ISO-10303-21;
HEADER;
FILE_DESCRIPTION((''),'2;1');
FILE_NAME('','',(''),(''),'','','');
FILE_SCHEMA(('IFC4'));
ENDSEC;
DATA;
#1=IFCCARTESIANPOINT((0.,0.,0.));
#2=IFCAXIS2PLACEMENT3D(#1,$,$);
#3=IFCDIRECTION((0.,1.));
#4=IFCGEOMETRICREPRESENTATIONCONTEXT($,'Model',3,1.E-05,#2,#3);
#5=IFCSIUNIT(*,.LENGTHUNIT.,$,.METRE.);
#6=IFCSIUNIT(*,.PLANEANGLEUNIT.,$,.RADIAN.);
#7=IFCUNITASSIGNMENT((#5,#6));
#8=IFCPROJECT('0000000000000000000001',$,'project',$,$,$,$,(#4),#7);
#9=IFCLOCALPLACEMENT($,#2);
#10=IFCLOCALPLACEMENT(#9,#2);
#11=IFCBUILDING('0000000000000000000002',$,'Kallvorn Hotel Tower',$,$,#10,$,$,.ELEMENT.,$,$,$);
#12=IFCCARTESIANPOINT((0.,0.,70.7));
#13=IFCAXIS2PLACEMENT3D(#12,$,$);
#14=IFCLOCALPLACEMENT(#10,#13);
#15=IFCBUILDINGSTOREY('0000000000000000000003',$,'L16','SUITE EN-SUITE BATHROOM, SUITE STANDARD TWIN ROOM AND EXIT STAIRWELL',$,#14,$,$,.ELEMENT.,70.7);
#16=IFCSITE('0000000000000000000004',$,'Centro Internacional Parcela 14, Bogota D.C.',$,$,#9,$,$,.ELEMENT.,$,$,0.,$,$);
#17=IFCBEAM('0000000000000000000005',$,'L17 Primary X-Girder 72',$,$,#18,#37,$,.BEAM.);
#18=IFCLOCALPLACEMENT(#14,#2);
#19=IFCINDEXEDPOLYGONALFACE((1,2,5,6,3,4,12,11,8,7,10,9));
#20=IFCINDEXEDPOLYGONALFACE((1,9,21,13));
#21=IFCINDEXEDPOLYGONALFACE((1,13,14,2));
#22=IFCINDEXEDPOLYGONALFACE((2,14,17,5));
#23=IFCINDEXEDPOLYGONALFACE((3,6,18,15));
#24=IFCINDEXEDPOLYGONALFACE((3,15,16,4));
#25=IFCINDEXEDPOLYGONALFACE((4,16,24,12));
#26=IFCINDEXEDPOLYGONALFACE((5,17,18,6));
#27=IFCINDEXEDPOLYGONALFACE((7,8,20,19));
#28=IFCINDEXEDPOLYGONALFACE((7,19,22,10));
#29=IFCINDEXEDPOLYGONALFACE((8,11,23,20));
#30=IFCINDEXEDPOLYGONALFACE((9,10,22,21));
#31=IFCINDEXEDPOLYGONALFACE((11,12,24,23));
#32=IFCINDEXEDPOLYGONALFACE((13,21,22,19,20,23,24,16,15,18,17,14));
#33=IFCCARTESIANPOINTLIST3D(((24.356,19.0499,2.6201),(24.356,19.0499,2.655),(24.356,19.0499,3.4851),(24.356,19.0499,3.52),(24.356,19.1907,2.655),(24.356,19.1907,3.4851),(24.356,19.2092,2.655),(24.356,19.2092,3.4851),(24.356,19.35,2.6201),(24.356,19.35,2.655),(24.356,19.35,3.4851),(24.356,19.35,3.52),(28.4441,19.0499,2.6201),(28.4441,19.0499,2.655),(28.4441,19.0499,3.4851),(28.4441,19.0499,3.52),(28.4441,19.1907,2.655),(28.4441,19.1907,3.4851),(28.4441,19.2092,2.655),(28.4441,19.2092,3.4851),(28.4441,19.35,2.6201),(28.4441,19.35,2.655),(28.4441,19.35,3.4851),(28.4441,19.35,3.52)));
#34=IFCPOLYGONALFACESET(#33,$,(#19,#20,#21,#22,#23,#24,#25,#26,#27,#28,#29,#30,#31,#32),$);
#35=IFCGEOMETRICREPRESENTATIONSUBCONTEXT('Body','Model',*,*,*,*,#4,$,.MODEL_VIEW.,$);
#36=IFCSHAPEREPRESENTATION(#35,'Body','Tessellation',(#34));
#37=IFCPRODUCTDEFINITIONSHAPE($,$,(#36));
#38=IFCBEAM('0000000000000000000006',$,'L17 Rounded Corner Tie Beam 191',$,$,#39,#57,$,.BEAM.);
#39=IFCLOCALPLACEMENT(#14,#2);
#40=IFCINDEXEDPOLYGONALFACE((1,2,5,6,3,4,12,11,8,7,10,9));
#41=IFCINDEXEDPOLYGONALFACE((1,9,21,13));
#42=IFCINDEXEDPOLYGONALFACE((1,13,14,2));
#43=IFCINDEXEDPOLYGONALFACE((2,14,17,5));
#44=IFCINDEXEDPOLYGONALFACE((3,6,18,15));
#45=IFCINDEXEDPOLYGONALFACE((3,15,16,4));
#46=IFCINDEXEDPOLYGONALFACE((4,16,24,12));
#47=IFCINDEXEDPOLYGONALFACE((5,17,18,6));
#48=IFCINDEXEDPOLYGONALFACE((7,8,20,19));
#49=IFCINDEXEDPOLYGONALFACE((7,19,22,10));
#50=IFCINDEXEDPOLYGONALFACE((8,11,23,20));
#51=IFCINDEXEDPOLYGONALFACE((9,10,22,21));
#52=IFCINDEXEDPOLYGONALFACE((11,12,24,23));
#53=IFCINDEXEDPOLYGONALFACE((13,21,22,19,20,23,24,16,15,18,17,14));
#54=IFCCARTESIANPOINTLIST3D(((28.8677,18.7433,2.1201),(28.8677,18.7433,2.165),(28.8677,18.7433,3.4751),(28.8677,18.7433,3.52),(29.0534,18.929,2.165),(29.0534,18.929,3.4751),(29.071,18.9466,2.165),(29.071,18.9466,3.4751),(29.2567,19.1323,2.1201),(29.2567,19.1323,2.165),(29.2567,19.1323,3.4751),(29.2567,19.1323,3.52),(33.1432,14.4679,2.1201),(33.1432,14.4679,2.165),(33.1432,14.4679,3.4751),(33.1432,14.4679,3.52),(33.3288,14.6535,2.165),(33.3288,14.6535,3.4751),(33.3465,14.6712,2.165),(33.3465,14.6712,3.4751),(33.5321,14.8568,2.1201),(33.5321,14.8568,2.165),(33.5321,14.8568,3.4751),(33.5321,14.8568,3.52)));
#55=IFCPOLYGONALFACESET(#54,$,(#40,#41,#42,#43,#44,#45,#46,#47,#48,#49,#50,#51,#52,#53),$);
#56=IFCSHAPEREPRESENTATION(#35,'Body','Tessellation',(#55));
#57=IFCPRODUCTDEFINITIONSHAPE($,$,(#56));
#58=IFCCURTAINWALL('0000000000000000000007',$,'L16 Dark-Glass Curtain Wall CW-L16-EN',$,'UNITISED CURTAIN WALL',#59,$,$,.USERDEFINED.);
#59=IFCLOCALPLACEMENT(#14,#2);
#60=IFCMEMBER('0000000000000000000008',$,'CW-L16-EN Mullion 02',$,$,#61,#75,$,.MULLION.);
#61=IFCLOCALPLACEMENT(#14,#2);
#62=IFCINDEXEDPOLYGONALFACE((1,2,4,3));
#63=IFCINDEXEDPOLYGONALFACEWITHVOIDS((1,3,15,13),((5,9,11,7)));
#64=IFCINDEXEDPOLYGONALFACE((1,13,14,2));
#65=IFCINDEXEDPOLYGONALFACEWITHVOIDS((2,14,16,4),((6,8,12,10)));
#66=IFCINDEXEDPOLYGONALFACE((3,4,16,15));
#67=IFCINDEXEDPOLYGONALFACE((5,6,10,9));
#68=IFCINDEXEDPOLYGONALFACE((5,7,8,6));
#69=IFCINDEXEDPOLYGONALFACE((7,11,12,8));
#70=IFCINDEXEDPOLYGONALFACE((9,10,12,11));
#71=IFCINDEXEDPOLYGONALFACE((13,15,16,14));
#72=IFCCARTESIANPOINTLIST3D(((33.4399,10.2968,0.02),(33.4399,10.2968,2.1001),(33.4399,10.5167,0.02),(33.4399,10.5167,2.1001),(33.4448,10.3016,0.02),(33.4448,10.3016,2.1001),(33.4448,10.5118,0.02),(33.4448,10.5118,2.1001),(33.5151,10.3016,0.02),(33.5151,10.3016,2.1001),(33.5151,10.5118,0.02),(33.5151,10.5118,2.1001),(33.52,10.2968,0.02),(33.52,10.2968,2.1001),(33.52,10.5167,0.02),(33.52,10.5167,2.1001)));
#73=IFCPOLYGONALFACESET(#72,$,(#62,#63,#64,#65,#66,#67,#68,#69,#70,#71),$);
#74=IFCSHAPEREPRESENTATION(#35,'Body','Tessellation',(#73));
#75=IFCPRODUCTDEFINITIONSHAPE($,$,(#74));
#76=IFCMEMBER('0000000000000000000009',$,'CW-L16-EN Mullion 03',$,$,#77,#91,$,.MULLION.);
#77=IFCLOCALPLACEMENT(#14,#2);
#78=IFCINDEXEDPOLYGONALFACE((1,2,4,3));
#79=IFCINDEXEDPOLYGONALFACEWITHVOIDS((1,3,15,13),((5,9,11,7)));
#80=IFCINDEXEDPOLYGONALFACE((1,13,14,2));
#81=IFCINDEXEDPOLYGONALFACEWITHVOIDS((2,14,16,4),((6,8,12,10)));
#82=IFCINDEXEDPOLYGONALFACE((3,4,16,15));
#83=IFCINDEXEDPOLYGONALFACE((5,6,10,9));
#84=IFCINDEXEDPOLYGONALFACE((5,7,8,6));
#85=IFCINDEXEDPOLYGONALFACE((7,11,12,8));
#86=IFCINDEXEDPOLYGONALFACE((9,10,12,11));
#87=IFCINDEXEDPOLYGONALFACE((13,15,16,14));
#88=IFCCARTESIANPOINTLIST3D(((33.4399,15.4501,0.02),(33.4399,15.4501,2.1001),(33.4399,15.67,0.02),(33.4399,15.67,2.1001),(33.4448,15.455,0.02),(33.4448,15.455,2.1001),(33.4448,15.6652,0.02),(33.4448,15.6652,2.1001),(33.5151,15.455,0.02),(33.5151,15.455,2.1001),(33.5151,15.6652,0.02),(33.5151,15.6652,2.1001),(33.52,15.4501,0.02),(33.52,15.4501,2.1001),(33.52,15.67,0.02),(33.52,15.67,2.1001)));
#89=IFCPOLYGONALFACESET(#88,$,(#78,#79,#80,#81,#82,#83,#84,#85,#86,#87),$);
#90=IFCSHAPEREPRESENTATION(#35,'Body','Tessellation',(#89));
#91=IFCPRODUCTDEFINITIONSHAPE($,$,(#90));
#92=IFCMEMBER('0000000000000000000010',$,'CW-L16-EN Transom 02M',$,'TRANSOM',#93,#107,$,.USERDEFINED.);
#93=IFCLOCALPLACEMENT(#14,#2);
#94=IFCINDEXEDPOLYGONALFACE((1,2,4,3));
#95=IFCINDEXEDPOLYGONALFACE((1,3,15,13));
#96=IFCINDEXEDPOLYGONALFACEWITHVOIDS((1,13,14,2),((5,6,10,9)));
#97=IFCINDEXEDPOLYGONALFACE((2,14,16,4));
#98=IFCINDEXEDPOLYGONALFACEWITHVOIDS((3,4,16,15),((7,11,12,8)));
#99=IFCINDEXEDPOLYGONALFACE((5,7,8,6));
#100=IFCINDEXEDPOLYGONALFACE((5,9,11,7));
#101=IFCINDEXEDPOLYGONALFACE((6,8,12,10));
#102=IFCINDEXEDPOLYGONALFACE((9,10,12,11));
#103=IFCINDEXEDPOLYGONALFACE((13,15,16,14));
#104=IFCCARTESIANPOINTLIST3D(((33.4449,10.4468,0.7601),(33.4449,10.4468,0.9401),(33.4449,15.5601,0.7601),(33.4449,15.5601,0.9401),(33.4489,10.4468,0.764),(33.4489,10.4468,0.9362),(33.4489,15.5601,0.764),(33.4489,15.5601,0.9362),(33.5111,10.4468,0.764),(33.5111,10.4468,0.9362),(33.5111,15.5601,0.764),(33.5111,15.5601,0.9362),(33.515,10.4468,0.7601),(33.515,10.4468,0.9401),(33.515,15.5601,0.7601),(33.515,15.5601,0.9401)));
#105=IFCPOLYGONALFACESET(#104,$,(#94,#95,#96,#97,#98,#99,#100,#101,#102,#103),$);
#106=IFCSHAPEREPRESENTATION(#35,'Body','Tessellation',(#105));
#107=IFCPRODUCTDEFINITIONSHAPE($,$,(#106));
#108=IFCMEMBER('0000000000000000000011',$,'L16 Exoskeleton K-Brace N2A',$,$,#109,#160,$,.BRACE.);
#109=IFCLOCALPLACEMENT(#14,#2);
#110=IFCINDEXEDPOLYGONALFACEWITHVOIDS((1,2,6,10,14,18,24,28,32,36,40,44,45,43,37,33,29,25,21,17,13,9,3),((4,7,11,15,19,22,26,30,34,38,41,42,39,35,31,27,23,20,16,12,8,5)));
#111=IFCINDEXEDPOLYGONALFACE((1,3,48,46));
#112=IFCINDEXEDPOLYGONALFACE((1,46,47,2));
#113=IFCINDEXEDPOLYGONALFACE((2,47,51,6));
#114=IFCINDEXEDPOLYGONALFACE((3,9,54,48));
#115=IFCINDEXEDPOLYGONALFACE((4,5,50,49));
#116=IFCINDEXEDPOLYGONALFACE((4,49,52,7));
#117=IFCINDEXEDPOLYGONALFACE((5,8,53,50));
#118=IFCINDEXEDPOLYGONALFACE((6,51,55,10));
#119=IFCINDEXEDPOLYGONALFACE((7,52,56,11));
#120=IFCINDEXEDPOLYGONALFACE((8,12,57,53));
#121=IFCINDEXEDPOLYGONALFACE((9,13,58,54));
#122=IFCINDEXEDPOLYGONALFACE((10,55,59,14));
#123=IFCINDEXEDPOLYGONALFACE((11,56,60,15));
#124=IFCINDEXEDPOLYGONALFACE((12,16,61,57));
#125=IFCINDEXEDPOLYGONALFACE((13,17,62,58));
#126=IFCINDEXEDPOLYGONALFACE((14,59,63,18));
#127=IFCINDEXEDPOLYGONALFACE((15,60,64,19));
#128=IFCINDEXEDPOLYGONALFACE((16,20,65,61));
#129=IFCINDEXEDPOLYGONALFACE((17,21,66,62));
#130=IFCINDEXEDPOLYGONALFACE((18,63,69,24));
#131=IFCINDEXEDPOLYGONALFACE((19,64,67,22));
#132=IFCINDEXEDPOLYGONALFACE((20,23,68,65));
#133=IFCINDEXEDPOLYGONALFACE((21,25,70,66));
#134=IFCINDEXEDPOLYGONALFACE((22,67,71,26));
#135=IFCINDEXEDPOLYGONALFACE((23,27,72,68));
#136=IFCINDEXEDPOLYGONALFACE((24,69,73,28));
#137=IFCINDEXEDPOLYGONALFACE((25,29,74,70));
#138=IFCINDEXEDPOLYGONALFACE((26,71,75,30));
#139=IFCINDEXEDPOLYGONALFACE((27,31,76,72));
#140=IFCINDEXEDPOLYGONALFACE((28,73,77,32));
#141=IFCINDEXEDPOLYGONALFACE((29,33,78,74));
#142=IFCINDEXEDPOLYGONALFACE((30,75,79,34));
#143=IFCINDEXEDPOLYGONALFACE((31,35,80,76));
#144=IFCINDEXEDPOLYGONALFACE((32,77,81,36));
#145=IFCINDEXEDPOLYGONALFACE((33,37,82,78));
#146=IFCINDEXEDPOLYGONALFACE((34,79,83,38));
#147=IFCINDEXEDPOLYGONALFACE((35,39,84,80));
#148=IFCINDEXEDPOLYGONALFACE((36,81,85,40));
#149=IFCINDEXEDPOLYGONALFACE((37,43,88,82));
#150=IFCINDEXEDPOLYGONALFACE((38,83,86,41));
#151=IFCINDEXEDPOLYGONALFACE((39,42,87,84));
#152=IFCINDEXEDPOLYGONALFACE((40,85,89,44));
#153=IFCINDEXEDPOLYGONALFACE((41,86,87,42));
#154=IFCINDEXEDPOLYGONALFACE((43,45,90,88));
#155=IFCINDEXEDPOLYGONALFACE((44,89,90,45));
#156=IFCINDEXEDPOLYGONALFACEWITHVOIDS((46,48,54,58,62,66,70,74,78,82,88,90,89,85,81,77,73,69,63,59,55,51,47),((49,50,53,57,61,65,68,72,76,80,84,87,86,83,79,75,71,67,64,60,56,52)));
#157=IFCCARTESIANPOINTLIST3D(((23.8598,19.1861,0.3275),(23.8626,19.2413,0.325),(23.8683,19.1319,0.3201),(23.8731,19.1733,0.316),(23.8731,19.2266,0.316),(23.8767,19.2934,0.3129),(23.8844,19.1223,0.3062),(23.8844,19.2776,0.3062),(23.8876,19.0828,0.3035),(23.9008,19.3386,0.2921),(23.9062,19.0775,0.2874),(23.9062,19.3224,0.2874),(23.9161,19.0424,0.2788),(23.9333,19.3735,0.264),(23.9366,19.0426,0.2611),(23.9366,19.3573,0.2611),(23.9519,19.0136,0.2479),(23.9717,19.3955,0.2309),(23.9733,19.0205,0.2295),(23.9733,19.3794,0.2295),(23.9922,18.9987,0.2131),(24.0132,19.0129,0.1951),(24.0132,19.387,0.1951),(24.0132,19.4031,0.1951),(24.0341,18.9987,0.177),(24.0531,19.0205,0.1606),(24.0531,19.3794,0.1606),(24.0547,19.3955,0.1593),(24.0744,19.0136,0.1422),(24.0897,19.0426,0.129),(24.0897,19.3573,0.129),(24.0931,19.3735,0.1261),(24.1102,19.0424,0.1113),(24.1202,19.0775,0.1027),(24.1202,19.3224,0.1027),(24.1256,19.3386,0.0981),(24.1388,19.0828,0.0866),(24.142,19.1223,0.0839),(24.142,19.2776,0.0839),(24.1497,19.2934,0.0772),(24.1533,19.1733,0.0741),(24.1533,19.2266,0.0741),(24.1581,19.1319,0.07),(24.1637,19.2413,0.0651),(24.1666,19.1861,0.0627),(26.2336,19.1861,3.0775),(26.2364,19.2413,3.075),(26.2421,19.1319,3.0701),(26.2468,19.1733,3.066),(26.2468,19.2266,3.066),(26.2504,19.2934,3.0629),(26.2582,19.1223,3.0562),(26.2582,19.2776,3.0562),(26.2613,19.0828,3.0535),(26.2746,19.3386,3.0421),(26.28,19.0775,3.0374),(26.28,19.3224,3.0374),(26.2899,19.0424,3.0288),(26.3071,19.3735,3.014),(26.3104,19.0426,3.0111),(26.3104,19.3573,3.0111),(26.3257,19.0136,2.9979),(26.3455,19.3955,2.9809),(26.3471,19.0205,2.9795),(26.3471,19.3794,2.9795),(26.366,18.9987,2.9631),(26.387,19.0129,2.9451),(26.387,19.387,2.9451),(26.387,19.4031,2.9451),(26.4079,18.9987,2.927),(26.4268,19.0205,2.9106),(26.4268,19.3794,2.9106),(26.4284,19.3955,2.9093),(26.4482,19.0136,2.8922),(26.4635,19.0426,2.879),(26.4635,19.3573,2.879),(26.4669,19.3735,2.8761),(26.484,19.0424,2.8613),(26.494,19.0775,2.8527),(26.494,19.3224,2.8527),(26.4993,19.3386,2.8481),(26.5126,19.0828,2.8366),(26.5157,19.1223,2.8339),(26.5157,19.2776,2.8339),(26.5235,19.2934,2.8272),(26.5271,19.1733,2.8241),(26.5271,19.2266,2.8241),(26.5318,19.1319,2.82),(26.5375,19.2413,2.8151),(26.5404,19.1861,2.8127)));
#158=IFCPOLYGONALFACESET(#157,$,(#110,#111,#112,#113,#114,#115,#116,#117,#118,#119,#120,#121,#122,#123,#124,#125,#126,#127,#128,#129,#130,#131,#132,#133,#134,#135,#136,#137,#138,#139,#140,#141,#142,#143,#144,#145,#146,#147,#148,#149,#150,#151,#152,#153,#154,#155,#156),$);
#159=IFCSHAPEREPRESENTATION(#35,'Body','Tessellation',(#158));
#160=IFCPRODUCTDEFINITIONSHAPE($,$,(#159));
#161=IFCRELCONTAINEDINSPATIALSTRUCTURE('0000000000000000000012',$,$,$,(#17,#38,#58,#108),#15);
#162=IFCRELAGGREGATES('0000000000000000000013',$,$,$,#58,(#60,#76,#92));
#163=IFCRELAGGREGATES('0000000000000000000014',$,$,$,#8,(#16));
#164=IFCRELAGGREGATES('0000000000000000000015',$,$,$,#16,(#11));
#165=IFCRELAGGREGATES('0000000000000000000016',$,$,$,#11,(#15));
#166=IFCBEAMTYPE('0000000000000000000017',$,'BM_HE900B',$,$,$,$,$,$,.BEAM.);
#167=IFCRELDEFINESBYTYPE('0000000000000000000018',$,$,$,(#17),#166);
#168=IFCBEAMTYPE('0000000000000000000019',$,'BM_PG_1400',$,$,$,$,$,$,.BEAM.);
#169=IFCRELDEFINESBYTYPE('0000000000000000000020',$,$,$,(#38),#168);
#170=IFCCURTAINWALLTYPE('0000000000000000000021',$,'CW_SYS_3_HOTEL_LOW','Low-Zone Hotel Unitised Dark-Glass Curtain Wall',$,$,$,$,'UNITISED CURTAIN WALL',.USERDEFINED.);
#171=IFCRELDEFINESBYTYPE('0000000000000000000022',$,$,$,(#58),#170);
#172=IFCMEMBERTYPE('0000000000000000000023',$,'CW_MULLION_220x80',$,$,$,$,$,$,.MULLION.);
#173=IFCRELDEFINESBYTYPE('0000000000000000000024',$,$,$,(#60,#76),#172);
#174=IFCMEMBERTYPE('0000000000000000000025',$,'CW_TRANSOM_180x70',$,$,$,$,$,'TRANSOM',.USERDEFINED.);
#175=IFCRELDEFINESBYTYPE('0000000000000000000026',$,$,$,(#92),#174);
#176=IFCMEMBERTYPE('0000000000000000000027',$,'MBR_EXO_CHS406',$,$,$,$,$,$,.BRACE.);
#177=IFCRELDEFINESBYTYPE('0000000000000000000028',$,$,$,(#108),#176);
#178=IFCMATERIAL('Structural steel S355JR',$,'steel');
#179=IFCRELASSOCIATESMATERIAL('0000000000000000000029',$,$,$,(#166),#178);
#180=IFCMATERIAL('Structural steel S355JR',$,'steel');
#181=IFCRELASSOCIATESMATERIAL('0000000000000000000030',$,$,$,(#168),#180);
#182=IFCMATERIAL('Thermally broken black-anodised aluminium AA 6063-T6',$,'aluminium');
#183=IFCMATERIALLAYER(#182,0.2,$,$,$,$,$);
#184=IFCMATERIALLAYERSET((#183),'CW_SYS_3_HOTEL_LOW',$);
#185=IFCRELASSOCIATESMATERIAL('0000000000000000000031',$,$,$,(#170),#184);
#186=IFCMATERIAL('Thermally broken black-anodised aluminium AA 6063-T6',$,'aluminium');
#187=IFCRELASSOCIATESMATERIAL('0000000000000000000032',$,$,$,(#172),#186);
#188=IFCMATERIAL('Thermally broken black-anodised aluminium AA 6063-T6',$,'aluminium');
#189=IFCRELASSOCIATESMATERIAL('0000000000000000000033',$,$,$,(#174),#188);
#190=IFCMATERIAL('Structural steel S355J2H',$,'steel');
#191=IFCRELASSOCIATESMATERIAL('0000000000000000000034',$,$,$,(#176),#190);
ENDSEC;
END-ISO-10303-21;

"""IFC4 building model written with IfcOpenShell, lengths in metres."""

from ifc_helpers import new_model, si_unit, direction, frame, origin, origin_2d, place, context, subcontext, project, spatial, hollow_rectangle, hollow_circle, i_section, extrude, material, layer, layer_set, material_profile, profile_set, type_object, element, aggregate, save


model = new_model("IFC4")

# Units and contexts
model_context = context("Model", 3, precision=1e-05, world=origin(), true_north=direction((0.0, 1.0)))
body_context = subcontext(model_context, "Body", "Model", "MODEL_VIEW")
ifc_project = project(units=[si_unit("LENGTHUNIT", "METRE"), si_unit("PLANEANGLEUNIT", "RADIAN")], contexts=[model_context])

# Site, building, storey
site_placement = place(None, origin())
site = spatial("IfcSite", under=ifc_project, at=site_placement, Name="Centro Internacional Parcela 14, Bogota D.C.", CompositionType="ELEMENT", RefElevation=0.0)
building_placement = place(site_placement, origin())
building = spatial("IfcBuilding", under=site, at=building_placement, Name="Kallvorn Hotel Tower", CompositionType="ELEMENT")
storey_placement = place(building_placement, frame((0.0, 0.0, 70.7)))
storey = spatial("IfcBuildingStorey", under=building, at=storey_placement, Name="L16", Description="SUITE EN-SUITE BATHROOM, SUITE STANDARD TWIN ROOM AND EXIT STAIRWELL", CompositionType="ELEMENT", Elevation=70.7)

# Beams
ifc_material_1 = material(Name="Structural steel S355JR", Category="steel")
ifc_material_profile_1 = material_profile(ifc_material_1, i_section(OverallWidth=0.3, OverallDepth=0.8999, WebThickness=0.0186, FlangeThickness=0.0349, at=origin_2d()), Name="HE 900 B")
ifc_profile_set_1 = profile_set([ifc_material_profile_1], Name="Structural steel S355JR")
beam_type_1 = type_object("IfcBeamType", Name="BM_HE900B", PredefinedType="BEAM", material=ifc_profile_set_1)
for number, where, z_axis, x_axis, name in (
    (1, (24.356, 19.2, 3.0701), (1.0, 0.0, 0.0), (0.0, 1.0, 0.0), "L17 Primary X-Girder 72"),
):
    element("IfcBeam", number, at=place(storey_placement, frame(where, z_axis=z_axis, x_axis=x_axis)), inside=storey, type_object=beam_type_1, Name=name, PredefinedType="BEAM", context=body_context, shape_type="SweptSolid", body=[
        extrude(i_section(OverallWidth=0.3, OverallDepth=0.8999, WebThickness=0.0186, FlangeThickness=0.0349, at=origin_2d()), origin(), (0.0, 0.0, 1.0), 4.0881),
    ])
ifc_material_2 = material(Name="Structural steel S355JR", Category="steel")
ifc_material_profile_2 = material_profile(ifc_material_2, i_section(OverallWidth=0.55, OverallDepth=1.3999, WebThickness=0.0249, FlangeThickness=0.0449, at=origin_2d()), Name="PG 1400x550x25x45")
ifc_profile_set_2 = profile_set([ifc_material_profile_2], Name="Structural steel S355JR")
beam_type_2 = type_object("IfcBeamType", Name="BM_PG_1400", PredefinedType="BEAM", material=ifc_profile_set_2)
beam_1_placement = place(storey_placement, frame((33.3376, 14.6624, 2.8201), z_axis=(-0.707107, 0.707107, 0.0), x_axis=(-0.707107, -0.707107, 0.0)))
element("IfcBeam", 2, at=beam_1_placement, inside=storey, type_object=beam_type_2, Name="L17 Rounded Corner Tie Beam 191", PredefinedType="BEAM", context=body_context, shape_type="SweptSolid", body=[
    extrude(i_section(OverallWidth=0.55, OverallDepth=1.3999, WebThickness=0.0249, FlangeThickness=0.0449, at=origin_2d()), origin(), (0.0, 0.0, 1.0), 6.0464),
])

# Curtain wall, members
ifc_material_3 = material(Name="Thermally broken black-anodised aluminium AA 6063-T6", Category="aluminium")
ifc_layer_1 = layer(ifc_material_3, 0.2)
ifc_layer_set_1 = layer_set([ifc_layer_1], Name="CW_SYS_3_HOTEL_LOW")
curtain_wall_type = type_object("IfcCurtainWallType", Name="CW_SYS_3_HOTEL_LOW", Description="Low-Zone Hotel Unitised Dark-Glass Curtain Wall", ElementType="UNITISED CURTAIN WALL", PredefinedType="USERDEFINED", material=ifc_layer_set_1)
curtain_wall_placement = place(storey_placement, origin())
curtain_wall = element("IfcCurtainWall", 3, at=curtain_wall_placement, inside=storey, type_object=curtain_wall_type, Name="L16 Dark-Glass Curtain Wall CW-L16-EN", ObjectType="UNITISED CURTAIN WALL", PredefinedType="USERDEFINED")
ifc_material_4 = material(Name="Thermally broken black-anodised aluminium AA 6063-T6", Category="aluminium")
ifc_material_profile_3 = material_profile(ifc_material_4, hollow_rectangle(XDim=0.0801, YDim=0.22, WallThickness=0.0049, at=origin_2d()), Name="MUL 220x80")
ifc_profile_set_3 = profile_set([ifc_material_profile_3], Name="Thermally broken black-anodised aluminium AA 6063-T6")
member_type_1 = type_object("IfcMemberType", Name="CW_MULLION_220x80", PredefinedType="MULLION", material=ifc_profile_set_3)
member_1_placement = place(storey_placement, frame((33.48, 10.4067, 0.02), z_axis=(0.0, 0.0, 1.0), x_axis=(1.0, 0.0, 0.0)))
member_1 = element("IfcMember", 4, at=member_1_placement, type_object=member_type_1, Name="CW-L16-EN Mullion 02", PredefinedType="MULLION", context=body_context, shape_type="SweptSolid", body=[
    extrude(hollow_rectangle(XDim=0.0801, YDim=0.22, WallThickness=0.0049, at=origin_2d()), origin(), (0.0, 0.0, 1.0), 2.0801),
])
member_2_placement = place(storey_placement, frame((33.48, 15.5601, 0.02), z_axis=(0.0, 0.0, 1.0), x_axis=(1.0, 0.0, 0.0)))
member_2 = element("IfcMember", 5, at=member_2_placement, type_object=member_type_1, Name="CW-L16-EN Mullion 03", PredefinedType="MULLION", context=body_context, shape_type="SweptSolid", body=[
    extrude(hollow_rectangle(XDim=0.0801, YDim=0.22, WallThickness=0.0049, at=origin_2d()), origin(), (0.0, 0.0, 1.0), 2.0801),
])
ifc_material_5 = material(Name="Thermally broken black-anodised aluminium AA 6063-T6", Category="aluminium")
ifc_material_profile_4 = material_profile(ifc_material_5, hollow_rectangle(XDim=0.0701, YDim=0.1799, WallThickness=0.0039, at=origin_2d()), Name="TRN 180x70")
ifc_profile_set_4 = profile_set([ifc_material_profile_4], Name="Thermally broken black-anodised aluminium AA 6063-T6")
member_type_2 = type_object("IfcMemberType", Name="CW_TRANSOM_180x70", ElementType="TRANSOM", PredefinedType="USERDEFINED", material=ifc_profile_set_4)
member_3_placement = place(storey_placement, frame((33.48, 10.4468, 0.8501), z_axis=(0.0, 1.0, 0.0), x_axis=(-1.0, 0.0, 0.0)))
member_3 = element("IfcMember", 6, at=member_3_placement, type_object=member_type_2, Name="CW-L16-EN Transom 02M", ObjectType="TRANSOM", PredefinedType="USERDEFINED", context=body_context, shape_type="SweptSolid", body=[
    extrude(hollow_rectangle(XDim=0.0701, YDim=0.1799, WallThickness=0.0039, at=origin_2d()), origin(), (0.0, 0.0, 1.0), 5.1133),
])

# Member
ifc_material_6 = material(Name="Structural steel S355J2H", Category="steel")
ifc_material_profile_5 = material_profile(ifc_material_6, hollow_circle(Radius=0.2031, WallThickness=0.0161, at=origin_2d()), Name="CHS 406.4x16")
ifc_profile_set_5 = profile_set([ifc_material_profile_5], Name="Structural steel S355J2H")
member_type_3 = type_object("IfcMemberType", Name="MBR_EXO_CHS406", PredefinedType="BRACE", material=ifc_profile_set_5)
for number, where, z_axis, x_axis, name in (
    (7, (24.0132, 19.2, 0.1951), (0.653427, 0.0, 0.756989), (0.0, 1.0, 0.0), "L16 Exoskeleton K-Brace N2A"),
):
    element("IfcMember", number, at=place(storey_placement, frame(where, z_axis=z_axis, x_axis=x_axis)), inside=storey, type_object=member_type_3, Name=name, PredefinedType="BRACE", context=body_context, shape_type="SweptSolid", body=[
        extrude(hollow_circle(Radius=0.2031, WallThickness=0.0161, at=origin_2d()), origin(), (0.0, 0.0, 1.0), 3.6328),
    ])

aggregate(curtain_wall, [member_1, member_2, member_3])

save(model, "model.ifc")
